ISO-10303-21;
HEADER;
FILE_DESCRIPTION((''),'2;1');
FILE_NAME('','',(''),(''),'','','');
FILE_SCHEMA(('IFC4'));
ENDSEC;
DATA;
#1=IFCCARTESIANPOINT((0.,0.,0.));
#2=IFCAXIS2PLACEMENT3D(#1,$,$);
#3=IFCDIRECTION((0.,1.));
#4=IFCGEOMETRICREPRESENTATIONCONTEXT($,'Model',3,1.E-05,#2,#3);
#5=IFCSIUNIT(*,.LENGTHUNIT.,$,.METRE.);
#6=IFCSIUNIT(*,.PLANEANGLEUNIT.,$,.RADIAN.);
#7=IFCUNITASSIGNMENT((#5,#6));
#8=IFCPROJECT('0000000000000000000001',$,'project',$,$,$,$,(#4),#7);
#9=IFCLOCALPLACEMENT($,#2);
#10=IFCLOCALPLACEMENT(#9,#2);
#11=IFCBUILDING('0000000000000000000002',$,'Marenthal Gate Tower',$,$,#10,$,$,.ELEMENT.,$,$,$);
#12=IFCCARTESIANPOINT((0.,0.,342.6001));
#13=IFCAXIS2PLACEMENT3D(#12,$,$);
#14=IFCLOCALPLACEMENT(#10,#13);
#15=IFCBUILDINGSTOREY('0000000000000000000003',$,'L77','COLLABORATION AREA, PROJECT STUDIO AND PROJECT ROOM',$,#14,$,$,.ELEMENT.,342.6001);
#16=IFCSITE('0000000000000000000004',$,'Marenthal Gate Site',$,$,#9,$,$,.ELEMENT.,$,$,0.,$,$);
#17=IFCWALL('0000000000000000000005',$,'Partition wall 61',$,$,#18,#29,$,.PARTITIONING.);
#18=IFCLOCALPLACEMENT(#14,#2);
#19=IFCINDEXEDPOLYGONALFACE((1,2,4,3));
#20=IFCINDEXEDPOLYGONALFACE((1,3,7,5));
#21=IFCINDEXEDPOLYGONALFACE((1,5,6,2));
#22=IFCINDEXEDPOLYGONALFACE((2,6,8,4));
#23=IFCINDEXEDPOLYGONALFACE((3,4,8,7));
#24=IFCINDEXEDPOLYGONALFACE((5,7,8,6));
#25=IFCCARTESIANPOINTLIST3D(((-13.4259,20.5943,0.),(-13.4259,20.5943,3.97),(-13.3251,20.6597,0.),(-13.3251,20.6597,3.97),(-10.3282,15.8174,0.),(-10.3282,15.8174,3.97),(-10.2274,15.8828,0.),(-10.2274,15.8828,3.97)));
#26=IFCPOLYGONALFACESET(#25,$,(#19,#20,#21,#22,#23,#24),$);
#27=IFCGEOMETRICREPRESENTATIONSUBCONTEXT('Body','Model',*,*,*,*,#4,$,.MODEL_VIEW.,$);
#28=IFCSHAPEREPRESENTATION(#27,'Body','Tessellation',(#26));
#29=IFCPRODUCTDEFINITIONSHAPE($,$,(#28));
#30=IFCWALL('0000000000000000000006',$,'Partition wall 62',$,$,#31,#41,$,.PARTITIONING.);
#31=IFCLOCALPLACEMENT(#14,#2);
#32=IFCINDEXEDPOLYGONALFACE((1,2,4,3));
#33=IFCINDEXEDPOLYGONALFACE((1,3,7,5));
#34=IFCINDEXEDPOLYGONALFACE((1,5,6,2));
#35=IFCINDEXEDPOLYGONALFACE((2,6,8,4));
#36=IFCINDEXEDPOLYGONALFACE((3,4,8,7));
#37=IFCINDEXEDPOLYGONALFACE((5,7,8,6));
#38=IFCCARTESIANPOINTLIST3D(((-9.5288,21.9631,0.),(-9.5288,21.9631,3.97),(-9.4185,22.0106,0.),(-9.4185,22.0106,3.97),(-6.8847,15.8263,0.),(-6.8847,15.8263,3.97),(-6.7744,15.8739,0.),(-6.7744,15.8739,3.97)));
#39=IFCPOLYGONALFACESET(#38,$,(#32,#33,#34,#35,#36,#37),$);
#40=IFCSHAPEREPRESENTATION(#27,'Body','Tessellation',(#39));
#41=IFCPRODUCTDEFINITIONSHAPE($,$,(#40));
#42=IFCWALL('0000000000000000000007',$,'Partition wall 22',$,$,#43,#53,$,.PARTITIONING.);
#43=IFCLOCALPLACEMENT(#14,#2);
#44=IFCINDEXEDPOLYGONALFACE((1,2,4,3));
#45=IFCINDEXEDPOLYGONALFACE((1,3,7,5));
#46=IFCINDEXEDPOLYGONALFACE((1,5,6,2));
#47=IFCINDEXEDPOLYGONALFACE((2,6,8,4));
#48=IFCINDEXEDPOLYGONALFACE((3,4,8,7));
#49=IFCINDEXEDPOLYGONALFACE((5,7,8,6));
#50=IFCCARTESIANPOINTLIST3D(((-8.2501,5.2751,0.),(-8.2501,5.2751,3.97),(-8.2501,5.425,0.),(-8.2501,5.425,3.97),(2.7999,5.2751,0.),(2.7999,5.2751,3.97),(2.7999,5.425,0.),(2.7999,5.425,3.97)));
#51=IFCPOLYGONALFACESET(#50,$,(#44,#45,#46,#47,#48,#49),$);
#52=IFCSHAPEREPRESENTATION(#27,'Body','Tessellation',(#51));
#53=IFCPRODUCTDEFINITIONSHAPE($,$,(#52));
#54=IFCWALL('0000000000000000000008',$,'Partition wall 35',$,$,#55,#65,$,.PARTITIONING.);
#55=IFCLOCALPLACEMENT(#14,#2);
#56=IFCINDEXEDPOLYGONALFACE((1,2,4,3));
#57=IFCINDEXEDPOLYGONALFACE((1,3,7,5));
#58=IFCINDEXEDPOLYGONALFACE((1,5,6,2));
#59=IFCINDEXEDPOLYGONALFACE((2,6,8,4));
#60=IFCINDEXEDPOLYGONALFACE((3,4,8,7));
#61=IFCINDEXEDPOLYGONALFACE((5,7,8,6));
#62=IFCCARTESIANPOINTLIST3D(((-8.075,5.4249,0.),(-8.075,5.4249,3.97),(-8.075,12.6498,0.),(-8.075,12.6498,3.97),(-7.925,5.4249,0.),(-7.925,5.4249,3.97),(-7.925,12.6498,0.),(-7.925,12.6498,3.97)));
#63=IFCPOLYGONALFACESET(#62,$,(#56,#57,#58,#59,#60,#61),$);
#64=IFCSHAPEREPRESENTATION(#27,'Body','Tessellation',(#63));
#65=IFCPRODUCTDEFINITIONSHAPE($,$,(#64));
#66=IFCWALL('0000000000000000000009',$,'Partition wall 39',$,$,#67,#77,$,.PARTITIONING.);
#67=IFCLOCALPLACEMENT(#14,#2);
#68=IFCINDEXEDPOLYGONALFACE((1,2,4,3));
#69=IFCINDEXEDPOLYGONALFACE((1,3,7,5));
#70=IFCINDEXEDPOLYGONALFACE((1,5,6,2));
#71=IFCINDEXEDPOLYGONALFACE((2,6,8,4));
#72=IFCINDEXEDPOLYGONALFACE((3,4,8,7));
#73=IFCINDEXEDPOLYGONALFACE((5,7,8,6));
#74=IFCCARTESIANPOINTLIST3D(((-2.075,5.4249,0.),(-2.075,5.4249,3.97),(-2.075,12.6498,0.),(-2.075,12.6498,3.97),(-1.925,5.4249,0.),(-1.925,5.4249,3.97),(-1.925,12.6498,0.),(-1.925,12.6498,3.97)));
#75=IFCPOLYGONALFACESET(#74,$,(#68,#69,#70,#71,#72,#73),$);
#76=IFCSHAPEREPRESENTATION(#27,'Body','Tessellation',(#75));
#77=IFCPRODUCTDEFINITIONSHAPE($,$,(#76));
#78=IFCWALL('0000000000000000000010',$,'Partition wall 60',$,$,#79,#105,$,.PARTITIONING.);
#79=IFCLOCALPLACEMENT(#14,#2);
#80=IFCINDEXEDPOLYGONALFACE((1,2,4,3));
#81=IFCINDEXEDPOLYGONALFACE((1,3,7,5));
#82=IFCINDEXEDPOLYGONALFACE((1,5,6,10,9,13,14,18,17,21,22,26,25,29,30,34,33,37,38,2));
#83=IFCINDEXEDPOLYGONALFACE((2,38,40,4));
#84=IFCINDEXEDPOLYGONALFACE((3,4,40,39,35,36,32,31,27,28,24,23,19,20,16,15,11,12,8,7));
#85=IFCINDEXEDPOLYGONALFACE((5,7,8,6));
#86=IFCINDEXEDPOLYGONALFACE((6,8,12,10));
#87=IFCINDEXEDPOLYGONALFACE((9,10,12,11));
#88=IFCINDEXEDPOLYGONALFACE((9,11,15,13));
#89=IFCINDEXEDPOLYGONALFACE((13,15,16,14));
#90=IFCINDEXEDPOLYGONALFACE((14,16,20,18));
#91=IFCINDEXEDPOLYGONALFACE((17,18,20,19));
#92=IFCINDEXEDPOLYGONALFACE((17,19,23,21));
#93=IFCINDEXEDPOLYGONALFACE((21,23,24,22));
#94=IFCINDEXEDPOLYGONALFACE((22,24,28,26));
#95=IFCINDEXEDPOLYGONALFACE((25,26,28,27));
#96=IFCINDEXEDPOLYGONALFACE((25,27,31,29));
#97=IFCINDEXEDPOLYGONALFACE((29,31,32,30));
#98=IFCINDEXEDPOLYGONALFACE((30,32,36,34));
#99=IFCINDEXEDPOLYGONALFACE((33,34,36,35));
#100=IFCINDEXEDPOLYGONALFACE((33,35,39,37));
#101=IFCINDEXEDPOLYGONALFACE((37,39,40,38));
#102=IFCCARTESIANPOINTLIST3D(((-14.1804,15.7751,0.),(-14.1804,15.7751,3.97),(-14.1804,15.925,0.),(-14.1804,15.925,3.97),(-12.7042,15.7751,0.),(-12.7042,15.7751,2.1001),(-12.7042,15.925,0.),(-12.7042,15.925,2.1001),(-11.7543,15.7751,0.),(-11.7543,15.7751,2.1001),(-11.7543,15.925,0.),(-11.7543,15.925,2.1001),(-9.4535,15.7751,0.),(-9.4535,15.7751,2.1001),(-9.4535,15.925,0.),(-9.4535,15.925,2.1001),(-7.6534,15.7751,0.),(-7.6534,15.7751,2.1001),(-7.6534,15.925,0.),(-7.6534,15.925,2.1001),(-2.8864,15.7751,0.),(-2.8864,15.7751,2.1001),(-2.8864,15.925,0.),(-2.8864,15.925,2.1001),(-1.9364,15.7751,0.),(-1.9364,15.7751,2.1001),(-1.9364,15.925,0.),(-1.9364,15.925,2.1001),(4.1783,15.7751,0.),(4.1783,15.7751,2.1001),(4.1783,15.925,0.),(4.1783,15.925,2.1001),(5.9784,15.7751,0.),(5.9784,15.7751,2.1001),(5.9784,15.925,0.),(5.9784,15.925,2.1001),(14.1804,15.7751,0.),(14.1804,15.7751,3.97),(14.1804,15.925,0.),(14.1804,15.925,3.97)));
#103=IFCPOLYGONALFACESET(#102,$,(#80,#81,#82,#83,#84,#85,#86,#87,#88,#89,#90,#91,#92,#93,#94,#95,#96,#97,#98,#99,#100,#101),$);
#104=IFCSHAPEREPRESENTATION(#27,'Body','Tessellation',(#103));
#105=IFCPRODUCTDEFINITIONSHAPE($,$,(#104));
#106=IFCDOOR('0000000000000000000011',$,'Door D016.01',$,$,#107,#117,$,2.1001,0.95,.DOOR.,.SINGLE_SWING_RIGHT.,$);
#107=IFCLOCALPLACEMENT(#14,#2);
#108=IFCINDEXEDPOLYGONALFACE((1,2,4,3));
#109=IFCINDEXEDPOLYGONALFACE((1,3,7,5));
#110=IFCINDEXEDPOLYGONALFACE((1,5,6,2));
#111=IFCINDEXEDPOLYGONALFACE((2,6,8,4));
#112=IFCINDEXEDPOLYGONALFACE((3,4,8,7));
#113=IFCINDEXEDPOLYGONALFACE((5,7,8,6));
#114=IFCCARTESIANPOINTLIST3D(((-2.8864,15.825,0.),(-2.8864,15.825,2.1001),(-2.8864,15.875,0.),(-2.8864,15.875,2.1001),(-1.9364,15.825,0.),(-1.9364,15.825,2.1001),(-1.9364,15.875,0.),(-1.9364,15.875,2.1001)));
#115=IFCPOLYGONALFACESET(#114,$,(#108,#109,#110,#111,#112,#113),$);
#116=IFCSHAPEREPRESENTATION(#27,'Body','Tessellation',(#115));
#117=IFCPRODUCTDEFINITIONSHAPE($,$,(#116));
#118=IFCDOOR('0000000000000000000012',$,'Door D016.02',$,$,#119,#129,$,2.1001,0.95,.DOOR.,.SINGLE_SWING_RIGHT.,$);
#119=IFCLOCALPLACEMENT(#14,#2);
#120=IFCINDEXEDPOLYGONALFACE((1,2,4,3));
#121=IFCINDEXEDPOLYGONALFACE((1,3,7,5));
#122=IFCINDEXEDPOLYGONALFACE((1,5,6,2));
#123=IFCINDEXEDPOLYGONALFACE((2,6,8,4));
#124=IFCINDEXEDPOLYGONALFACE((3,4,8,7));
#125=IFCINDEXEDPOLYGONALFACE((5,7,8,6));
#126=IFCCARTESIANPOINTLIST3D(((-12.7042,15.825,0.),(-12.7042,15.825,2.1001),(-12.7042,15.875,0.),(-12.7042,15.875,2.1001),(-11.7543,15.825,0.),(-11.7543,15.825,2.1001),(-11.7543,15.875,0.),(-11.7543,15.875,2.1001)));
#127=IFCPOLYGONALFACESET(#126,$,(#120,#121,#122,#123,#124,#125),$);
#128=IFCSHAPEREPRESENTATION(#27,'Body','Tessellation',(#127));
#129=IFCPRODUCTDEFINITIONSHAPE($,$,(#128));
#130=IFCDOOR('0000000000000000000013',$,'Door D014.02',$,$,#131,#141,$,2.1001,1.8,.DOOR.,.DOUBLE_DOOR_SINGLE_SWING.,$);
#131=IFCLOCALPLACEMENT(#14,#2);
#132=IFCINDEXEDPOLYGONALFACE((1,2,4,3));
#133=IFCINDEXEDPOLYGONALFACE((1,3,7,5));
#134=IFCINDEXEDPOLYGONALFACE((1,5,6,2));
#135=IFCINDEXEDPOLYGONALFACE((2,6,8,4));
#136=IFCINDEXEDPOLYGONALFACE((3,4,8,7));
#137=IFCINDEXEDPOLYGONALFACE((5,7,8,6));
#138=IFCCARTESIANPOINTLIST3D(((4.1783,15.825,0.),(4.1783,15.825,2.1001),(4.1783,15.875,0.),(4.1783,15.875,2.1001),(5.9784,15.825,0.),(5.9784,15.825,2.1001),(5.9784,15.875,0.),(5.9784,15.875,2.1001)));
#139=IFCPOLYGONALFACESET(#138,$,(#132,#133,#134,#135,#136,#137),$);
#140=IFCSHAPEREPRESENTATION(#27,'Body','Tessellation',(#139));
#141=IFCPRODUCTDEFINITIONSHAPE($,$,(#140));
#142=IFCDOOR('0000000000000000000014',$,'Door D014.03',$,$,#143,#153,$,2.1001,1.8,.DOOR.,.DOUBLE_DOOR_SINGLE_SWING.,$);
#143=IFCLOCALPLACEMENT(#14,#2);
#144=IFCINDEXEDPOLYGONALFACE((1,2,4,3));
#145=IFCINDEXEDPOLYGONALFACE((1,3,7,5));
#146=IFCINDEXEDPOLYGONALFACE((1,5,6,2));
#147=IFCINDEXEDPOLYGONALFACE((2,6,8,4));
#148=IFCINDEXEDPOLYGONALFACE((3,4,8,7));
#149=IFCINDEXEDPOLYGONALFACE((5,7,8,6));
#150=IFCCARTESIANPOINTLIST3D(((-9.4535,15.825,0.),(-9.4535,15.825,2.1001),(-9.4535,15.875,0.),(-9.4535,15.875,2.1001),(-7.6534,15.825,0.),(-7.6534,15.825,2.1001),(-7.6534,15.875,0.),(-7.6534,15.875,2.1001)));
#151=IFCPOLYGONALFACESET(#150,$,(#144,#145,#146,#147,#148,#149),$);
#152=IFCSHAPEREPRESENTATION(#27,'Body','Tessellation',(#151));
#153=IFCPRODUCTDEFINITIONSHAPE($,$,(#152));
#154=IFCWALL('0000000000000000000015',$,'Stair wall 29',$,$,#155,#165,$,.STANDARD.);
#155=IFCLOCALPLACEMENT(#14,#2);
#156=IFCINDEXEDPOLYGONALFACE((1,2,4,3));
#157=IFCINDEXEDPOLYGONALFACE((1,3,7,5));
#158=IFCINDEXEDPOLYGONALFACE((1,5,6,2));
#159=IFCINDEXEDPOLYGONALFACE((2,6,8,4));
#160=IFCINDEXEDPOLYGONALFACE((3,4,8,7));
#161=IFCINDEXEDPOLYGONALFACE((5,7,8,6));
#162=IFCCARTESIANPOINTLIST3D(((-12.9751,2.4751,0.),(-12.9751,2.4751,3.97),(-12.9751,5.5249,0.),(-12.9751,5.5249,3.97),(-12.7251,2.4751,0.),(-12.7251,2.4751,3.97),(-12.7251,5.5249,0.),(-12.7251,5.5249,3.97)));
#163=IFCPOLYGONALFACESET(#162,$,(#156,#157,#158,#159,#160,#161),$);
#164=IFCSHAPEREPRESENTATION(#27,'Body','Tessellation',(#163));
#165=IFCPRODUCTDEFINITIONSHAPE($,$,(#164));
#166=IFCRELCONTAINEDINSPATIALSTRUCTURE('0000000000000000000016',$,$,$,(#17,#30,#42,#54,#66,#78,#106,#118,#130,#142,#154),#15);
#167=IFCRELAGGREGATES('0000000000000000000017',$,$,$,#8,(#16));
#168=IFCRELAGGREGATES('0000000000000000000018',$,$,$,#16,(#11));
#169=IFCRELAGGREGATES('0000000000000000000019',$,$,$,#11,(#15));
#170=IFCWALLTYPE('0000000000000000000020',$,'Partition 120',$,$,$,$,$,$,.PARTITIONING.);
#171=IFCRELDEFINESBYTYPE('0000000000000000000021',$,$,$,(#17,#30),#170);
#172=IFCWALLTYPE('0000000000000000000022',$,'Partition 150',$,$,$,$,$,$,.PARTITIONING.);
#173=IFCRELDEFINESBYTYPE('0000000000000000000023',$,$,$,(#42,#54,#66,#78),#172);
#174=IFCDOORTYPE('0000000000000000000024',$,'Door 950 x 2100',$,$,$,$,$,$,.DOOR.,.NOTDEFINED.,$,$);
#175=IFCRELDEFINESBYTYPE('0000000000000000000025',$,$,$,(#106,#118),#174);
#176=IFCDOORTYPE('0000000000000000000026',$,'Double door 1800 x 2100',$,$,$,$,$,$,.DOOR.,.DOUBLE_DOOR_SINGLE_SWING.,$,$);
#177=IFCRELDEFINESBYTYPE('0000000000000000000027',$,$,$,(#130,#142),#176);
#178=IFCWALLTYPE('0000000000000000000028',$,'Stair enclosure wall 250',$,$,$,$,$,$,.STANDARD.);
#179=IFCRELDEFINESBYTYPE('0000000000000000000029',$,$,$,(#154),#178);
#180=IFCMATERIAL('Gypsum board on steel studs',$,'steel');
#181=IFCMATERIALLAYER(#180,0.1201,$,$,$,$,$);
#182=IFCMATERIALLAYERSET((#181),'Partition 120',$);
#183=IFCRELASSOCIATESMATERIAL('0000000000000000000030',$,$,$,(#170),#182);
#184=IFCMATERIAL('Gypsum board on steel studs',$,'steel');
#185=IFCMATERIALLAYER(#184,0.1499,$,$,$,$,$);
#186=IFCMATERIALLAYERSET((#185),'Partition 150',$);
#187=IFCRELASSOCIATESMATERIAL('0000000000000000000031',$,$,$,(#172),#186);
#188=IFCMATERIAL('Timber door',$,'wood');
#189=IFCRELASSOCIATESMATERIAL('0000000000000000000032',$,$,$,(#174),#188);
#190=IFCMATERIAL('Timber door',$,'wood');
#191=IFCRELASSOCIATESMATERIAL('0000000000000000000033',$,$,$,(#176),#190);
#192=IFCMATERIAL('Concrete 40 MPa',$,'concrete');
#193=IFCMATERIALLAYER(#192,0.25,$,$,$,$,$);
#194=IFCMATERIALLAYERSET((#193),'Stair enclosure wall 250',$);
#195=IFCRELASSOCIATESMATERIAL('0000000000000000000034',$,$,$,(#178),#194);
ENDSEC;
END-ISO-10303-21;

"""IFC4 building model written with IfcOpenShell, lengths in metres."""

from ifc_helpers import new_model, si_unit, direction, frame, frame_2d, origin, place, context, subcontext, project, spatial, rectangle, extrude, material, layer, layer_set, type_object, element, fill, save


model = new_model("IFC4")

# Units and contexts
model_context = context("Model", 3, precision=1e-05, world=origin(), true_north=direction((0.0, 1.0)))
body_context = subcontext(model_context, "Body", "Model", "MODEL_VIEW")
ifc_project = project(units=[si_unit("LENGTHUNIT", "METRE"), si_unit("PLANEANGLEUNIT", "RADIAN")], contexts=[model_context])

# Site, building, storey
site_placement = place(None, origin())
site = spatial("IfcSite", under=ifc_project, at=site_placement, Name="Marenthal Gate Site", CompositionType="ELEMENT", RefElevation=0.0)
building_placement = place(site_placement, origin())
building = spatial("IfcBuilding", under=site, at=building_placement, Name="Marenthal Gate Tower", CompositionType="ELEMENT")
storey_placement = place(building_placement, frame((0.0, 0.0, 342.6001)))
storey = spatial("IfcBuildingStorey", under=building, at=storey_placement, Name="L77", Description="COLLABORATION AREA, PROJECT STUDIO AND PROJECT ROOM", CompositionType="ELEMENT", Elevation=342.6001)

# Walls
ifc_material_1 = material(Name="Gypsum board on steel studs", Category="steel")
ifc_layer_1 = layer(ifc_material_1, 0.1201)
ifc_layer_set_1 = layer_set([ifc_layer_1], Name="Partition 120")
wall_type_1 = type_object("IfcWallType", Name="Partition 120", PredefinedType="PARTITIONING", material=ifc_layer_set_1)
wall_1_placement = place(storey_placement, frame((-10.2778, 15.8501, 0.0), z_axis=(0.0, 0.0, 1.0), x_axis=(-0.544087, 0.839029, 0.0)))
element("IfcWall", 1, at=wall_1_placement, inside=storey, type_object=wall_type_1, Name="Partition wall 61", PredefinedType="PARTITIONING", context=body_context, shape_type="SweptSolid", body=[
    extrude(rectangle(XDim=5.6934, YDim=0.1201, at=frame_2d((2.8467, 0.0))), origin(), (0.0, 0.0, 1.0), 3.97),
])
wall_2_placement = place(storey_placement, frame((-6.8296, 15.8501, 0.0), z_axis=(0.0, 0.0, 1.0), x_axis=(-0.395691, 0.918384, 0.0)))
element("IfcWall", 2, at=wall_2_placement, inside=storey, type_object=wall_type_1, Name="Partition wall 62", PredefinedType="PARTITIONING", context=body_context, shape_type="SweptSolid", body=[
    extrude(rectangle(XDim=6.6821, YDim=0.1201, at=frame_2d((3.3411, 0.0))), origin(), (0.0, 0.0, 1.0), 3.97),
])
ifc_material_2 = material(Name="Gypsum board on steel studs", Category="steel")
ifc_layer_2 = layer(ifc_material_2, 0.1499)
ifc_layer_set_2 = layer_set([ifc_layer_2], Name="Partition 150")
wall_type_2 = type_object("IfcWallType", Name="Partition 150", PredefinedType="PARTITIONING", material=ifc_layer_set_2)
wall_3_placement = place(storey_placement, frame((-8.25, 5.3501, 0.0), z_axis=(0.0, 0.0, 1.0), x_axis=(1.0, 0.0, 0.0)))
element("IfcWall", 3, at=wall_3_placement, inside=storey, type_object=wall_type_2, Name="Partition wall 22", PredefinedType="PARTITIONING", context=body_context, shape_type="SweptSolid", body=[
    extrude(rectangle(XDim=11.05, YDim=0.1499, at=frame_2d((5.5249, 0.0))), origin(), (0.0, 0.0, 1.0), 3.97),
])
for number, where, z_axis, x_axis, name in (
    (4, (-8.0, 5.425, 0.0), (0.0, 0.0, 1.0), (0.0, 1.0, 0.0), "Partition wall 35"),
    (5, (-2.0, 5.425, 0.0), (0.0, 0.0, 1.0), (0.0, 1.0, 0.0), "Partition wall 39"),
):
    element("IfcWall", number, at=place(storey_placement, frame(where, z_axis=z_axis, x_axis=x_axis)), inside=storey, type_object=wall_type_2, Name=name, PredefinedType="PARTITIONING", context=body_context, shape_type="SweptSolid", body=[
        extrude(rectangle(XDim=7.2249, YDim=0.1499, at=frame_2d((3.6123, 0.0))), origin(), (0.0, 0.0, 1.0), 3.97),
    ])

# Wall, openings, doors
wall_4_placement = place(storey_placement, frame((-14.1804, 15.8501, 0.0), z_axis=(0.0, 0.0, 1.0), x_axis=(1.0, 0.0, 0.0)))
wall_4 = element("IfcWall", 6, at=wall_4_placement, inside=storey, type_object=wall_type_2, Name="Partition wall 60", PredefinedType="PARTITIONING", context=body_context, shape_type="SweptSolid", body=[
    extrude(rectangle(XDim=28.3608, YDim=0.1499, at=frame_2d((14.1804, 0.0))), origin(), (0.0, 0.0, 1.0), 3.97),
])
opening_1_placement = place(wall_4_placement, frame((11.2939, 0.0, 0.0)))
opening_1 = element("IfcOpeningElement", 7, at=opening_1_placement, cuts=wall_4, PredefinedType="OPENING", context=body_context, shape_type="SweptSolid", body=[
    extrude(rectangle(XDim=0.95, YDim=2.1001, at=frame_2d((0.4751, 1.05))), frame((0.0, 0.085, 0.0), z_axis=(0.0, -1.0, 0.0), x_axis=(1.0, 0.0, 0.0)), (0.0, 0.0, 1.0), 0.1699),
])
opening_2_placement = place(wall_4_placement, frame((18.3589, 0.0, 0.0)))
opening_2 = element("IfcOpeningElement", 8, at=opening_2_placement, cuts=wall_4, PredefinedType="OPENING", context=body_context, shape_type="SweptSolid", body=[
    extrude(rectangle(XDim=1.8, YDim=2.1001, at=frame_2d((0.8999, 1.05))), frame((0.0, 0.085, 0.0), z_axis=(0.0, -1.0, 0.0), x_axis=(1.0, 0.0, 0.0)), (0.0, 0.0, 1.0), 0.1699),
])
opening_3_placement = place(wall_4_placement, frame((4.7271, 0.0, 0.0)))
opening_3 = element("IfcOpeningElement", 9, at=opening_3_placement, cuts=wall_4, PredefinedType="OPENING", context=body_context, shape_type="SweptSolid", body=[
    extrude(rectangle(XDim=1.8, YDim=2.1001, at=frame_2d((0.8999, 1.05))), frame((0.0, 0.085, 0.0), z_axis=(0.0, -1.0, 0.0), x_axis=(1.0, 0.0, 0.0)), (0.0, 0.0, 1.0), 0.1699),
])
opening_4_placement = place(wall_4_placement, frame((1.4761, 0.0, 0.0)))
opening_4 = element("IfcOpeningElement", 10, at=opening_4_placement, cuts=wall_4, PredefinedType="OPENING", context=body_context, shape_type="SweptSolid", body=[
    extrude(rectangle(XDim=0.95, YDim=2.1001, at=frame_2d((0.4751, 1.05))), frame((0.0, 0.085, 0.0), z_axis=(0.0, -1.0, 0.0), x_axis=(1.0, 0.0, 0.0)), (0.0, 0.0, 1.0), 0.1699),
])
ifc_material_3 = material(Name="Timber door", Category="wood")
door_type_1 = type_object("IfcDoorType", Name="Door 950 x 2100", OperationType="NOTDEFINED", PredefinedType="DOOR", material=ifc_material_3)
door_1_placement = place(opening_1_placement, origin())
door_1 = element("IfcDoor", 11, at=door_1_placement, inside=storey, type_object=door_type_1, Name="Door D016.01", OperationType="SINGLE_SWING_RIGHT", OverallHeight=2.1001, OverallWidth=0.95, PredefinedType="DOOR", context=body_context, shape_type="SweptSolid", body=[
    extrude(rectangle(XDim=0.95, YDim=2.1001, at=frame_2d((0.4751, 1.05))), frame((0.0, 0.0249, 0.0), z_axis=(0.0, -1.0, 0.0), x_axis=(1.0, 0.0, 0.0)), (0.0, 0.0, 1.0), 0.05),
])
fill(opening_1, door_1)
door_2_placement = place(opening_4_placement, origin())
door_2 = element("IfcDoor", 12, at=door_2_placement, inside=storey, type_object=door_type_1, Name="Door D016.02", OperationType="SINGLE_SWING_RIGHT", OverallHeight=2.1001, OverallWidth=0.95, PredefinedType="DOOR", context=body_context, shape_type="SweptSolid", body=[
    extrude(rectangle(XDim=0.95, YDim=2.1001, at=frame_2d((0.4751, 1.05))), frame((0.0, 0.0249, 0.0), z_axis=(0.0, -1.0, 0.0), x_axis=(1.0, 0.0, 0.0)), (0.0, 0.0, 1.0), 0.05),
])
fill(opening_4, door_2)
ifc_material_4 = material(Name="Timber door", Category="wood")
door_type_2 = type_object("IfcDoorType", Name="Double door 1800 x 2100", OperationType="DOUBLE_DOOR_SINGLE_SWING", PredefinedType="DOOR", material=ifc_material_4)
door_3_placement = place(opening_2_placement, origin())
door_3 = element("IfcDoor", 13, at=door_3_placement, inside=storey, type_object=door_type_2, Name="Door D014.02", OperationType="DOUBLE_DOOR_SINGLE_SWING", OverallHeight=2.1001, OverallWidth=1.8, PredefinedType="DOOR", context=body_context, shape_type="SweptSolid", body=[
    extrude(rectangle(XDim=1.8, YDim=2.1001, at=frame_2d((0.8999, 1.05))), frame((0.0, 0.0249, 0.0), z_axis=(0.0, -1.0, 0.0), x_axis=(1.0, 0.0, 0.0)), (0.0, 0.0, 1.0), 0.05),
])
fill(opening_2, door_3)
door_4_placement = place(opening_3_placement, origin())
door_4 = element("IfcDoor", 14, at=door_4_placement, inside=storey, type_object=door_type_2, Name="Door D014.03", OperationType="DOUBLE_DOOR_SINGLE_SWING", OverallHeight=2.1001, OverallWidth=1.8, PredefinedType="DOOR", context=body_context, shape_type="SweptSolid", body=[
    extrude(rectangle(XDim=1.8, YDim=2.1001, at=frame_2d((0.8999, 1.05))), frame((0.0, 0.0249, 0.0), z_axis=(0.0, -1.0, 0.0), x_axis=(1.0, 0.0, 0.0)), (0.0, 0.0, 1.0), 0.05),
])
fill(opening_3, door_4)

# Wall
ifc_material_5 = material(Name="Concrete 40 MPa", Category="concrete")
ifc_layer_3 = layer(ifc_material_5, 0.25)
ifc_layer_set_3 = layer_set([ifc_layer_3], Name="Stair enclosure wall 250")
wall_type_3 = type_object("IfcWallType", Name="Stair enclosure wall 250", PredefinedType="STANDARD", material=ifc_layer_set_3)
wall_5_placement = place(storey_placement, frame((-12.8501, 2.4751, 0.0), z_axis=(0.0, 0.0, 1.0), x_axis=(0.0, 1.0, 0.0)))
element("IfcWall", 15, at=wall_5_placement, inside=storey, type_object=wall_type_3, Name="Stair wall 29", PredefinedType="STANDARD", context=body_context, shape_type="SweptSolid", body=[
    extrude(rectangle(XDim=3.0498, YDim=0.25, at=frame_2d((1.5249, 0.0))), origin(), (0.0, 0.0, 1.0), 3.97),
])

save(model, "model.ifc")
